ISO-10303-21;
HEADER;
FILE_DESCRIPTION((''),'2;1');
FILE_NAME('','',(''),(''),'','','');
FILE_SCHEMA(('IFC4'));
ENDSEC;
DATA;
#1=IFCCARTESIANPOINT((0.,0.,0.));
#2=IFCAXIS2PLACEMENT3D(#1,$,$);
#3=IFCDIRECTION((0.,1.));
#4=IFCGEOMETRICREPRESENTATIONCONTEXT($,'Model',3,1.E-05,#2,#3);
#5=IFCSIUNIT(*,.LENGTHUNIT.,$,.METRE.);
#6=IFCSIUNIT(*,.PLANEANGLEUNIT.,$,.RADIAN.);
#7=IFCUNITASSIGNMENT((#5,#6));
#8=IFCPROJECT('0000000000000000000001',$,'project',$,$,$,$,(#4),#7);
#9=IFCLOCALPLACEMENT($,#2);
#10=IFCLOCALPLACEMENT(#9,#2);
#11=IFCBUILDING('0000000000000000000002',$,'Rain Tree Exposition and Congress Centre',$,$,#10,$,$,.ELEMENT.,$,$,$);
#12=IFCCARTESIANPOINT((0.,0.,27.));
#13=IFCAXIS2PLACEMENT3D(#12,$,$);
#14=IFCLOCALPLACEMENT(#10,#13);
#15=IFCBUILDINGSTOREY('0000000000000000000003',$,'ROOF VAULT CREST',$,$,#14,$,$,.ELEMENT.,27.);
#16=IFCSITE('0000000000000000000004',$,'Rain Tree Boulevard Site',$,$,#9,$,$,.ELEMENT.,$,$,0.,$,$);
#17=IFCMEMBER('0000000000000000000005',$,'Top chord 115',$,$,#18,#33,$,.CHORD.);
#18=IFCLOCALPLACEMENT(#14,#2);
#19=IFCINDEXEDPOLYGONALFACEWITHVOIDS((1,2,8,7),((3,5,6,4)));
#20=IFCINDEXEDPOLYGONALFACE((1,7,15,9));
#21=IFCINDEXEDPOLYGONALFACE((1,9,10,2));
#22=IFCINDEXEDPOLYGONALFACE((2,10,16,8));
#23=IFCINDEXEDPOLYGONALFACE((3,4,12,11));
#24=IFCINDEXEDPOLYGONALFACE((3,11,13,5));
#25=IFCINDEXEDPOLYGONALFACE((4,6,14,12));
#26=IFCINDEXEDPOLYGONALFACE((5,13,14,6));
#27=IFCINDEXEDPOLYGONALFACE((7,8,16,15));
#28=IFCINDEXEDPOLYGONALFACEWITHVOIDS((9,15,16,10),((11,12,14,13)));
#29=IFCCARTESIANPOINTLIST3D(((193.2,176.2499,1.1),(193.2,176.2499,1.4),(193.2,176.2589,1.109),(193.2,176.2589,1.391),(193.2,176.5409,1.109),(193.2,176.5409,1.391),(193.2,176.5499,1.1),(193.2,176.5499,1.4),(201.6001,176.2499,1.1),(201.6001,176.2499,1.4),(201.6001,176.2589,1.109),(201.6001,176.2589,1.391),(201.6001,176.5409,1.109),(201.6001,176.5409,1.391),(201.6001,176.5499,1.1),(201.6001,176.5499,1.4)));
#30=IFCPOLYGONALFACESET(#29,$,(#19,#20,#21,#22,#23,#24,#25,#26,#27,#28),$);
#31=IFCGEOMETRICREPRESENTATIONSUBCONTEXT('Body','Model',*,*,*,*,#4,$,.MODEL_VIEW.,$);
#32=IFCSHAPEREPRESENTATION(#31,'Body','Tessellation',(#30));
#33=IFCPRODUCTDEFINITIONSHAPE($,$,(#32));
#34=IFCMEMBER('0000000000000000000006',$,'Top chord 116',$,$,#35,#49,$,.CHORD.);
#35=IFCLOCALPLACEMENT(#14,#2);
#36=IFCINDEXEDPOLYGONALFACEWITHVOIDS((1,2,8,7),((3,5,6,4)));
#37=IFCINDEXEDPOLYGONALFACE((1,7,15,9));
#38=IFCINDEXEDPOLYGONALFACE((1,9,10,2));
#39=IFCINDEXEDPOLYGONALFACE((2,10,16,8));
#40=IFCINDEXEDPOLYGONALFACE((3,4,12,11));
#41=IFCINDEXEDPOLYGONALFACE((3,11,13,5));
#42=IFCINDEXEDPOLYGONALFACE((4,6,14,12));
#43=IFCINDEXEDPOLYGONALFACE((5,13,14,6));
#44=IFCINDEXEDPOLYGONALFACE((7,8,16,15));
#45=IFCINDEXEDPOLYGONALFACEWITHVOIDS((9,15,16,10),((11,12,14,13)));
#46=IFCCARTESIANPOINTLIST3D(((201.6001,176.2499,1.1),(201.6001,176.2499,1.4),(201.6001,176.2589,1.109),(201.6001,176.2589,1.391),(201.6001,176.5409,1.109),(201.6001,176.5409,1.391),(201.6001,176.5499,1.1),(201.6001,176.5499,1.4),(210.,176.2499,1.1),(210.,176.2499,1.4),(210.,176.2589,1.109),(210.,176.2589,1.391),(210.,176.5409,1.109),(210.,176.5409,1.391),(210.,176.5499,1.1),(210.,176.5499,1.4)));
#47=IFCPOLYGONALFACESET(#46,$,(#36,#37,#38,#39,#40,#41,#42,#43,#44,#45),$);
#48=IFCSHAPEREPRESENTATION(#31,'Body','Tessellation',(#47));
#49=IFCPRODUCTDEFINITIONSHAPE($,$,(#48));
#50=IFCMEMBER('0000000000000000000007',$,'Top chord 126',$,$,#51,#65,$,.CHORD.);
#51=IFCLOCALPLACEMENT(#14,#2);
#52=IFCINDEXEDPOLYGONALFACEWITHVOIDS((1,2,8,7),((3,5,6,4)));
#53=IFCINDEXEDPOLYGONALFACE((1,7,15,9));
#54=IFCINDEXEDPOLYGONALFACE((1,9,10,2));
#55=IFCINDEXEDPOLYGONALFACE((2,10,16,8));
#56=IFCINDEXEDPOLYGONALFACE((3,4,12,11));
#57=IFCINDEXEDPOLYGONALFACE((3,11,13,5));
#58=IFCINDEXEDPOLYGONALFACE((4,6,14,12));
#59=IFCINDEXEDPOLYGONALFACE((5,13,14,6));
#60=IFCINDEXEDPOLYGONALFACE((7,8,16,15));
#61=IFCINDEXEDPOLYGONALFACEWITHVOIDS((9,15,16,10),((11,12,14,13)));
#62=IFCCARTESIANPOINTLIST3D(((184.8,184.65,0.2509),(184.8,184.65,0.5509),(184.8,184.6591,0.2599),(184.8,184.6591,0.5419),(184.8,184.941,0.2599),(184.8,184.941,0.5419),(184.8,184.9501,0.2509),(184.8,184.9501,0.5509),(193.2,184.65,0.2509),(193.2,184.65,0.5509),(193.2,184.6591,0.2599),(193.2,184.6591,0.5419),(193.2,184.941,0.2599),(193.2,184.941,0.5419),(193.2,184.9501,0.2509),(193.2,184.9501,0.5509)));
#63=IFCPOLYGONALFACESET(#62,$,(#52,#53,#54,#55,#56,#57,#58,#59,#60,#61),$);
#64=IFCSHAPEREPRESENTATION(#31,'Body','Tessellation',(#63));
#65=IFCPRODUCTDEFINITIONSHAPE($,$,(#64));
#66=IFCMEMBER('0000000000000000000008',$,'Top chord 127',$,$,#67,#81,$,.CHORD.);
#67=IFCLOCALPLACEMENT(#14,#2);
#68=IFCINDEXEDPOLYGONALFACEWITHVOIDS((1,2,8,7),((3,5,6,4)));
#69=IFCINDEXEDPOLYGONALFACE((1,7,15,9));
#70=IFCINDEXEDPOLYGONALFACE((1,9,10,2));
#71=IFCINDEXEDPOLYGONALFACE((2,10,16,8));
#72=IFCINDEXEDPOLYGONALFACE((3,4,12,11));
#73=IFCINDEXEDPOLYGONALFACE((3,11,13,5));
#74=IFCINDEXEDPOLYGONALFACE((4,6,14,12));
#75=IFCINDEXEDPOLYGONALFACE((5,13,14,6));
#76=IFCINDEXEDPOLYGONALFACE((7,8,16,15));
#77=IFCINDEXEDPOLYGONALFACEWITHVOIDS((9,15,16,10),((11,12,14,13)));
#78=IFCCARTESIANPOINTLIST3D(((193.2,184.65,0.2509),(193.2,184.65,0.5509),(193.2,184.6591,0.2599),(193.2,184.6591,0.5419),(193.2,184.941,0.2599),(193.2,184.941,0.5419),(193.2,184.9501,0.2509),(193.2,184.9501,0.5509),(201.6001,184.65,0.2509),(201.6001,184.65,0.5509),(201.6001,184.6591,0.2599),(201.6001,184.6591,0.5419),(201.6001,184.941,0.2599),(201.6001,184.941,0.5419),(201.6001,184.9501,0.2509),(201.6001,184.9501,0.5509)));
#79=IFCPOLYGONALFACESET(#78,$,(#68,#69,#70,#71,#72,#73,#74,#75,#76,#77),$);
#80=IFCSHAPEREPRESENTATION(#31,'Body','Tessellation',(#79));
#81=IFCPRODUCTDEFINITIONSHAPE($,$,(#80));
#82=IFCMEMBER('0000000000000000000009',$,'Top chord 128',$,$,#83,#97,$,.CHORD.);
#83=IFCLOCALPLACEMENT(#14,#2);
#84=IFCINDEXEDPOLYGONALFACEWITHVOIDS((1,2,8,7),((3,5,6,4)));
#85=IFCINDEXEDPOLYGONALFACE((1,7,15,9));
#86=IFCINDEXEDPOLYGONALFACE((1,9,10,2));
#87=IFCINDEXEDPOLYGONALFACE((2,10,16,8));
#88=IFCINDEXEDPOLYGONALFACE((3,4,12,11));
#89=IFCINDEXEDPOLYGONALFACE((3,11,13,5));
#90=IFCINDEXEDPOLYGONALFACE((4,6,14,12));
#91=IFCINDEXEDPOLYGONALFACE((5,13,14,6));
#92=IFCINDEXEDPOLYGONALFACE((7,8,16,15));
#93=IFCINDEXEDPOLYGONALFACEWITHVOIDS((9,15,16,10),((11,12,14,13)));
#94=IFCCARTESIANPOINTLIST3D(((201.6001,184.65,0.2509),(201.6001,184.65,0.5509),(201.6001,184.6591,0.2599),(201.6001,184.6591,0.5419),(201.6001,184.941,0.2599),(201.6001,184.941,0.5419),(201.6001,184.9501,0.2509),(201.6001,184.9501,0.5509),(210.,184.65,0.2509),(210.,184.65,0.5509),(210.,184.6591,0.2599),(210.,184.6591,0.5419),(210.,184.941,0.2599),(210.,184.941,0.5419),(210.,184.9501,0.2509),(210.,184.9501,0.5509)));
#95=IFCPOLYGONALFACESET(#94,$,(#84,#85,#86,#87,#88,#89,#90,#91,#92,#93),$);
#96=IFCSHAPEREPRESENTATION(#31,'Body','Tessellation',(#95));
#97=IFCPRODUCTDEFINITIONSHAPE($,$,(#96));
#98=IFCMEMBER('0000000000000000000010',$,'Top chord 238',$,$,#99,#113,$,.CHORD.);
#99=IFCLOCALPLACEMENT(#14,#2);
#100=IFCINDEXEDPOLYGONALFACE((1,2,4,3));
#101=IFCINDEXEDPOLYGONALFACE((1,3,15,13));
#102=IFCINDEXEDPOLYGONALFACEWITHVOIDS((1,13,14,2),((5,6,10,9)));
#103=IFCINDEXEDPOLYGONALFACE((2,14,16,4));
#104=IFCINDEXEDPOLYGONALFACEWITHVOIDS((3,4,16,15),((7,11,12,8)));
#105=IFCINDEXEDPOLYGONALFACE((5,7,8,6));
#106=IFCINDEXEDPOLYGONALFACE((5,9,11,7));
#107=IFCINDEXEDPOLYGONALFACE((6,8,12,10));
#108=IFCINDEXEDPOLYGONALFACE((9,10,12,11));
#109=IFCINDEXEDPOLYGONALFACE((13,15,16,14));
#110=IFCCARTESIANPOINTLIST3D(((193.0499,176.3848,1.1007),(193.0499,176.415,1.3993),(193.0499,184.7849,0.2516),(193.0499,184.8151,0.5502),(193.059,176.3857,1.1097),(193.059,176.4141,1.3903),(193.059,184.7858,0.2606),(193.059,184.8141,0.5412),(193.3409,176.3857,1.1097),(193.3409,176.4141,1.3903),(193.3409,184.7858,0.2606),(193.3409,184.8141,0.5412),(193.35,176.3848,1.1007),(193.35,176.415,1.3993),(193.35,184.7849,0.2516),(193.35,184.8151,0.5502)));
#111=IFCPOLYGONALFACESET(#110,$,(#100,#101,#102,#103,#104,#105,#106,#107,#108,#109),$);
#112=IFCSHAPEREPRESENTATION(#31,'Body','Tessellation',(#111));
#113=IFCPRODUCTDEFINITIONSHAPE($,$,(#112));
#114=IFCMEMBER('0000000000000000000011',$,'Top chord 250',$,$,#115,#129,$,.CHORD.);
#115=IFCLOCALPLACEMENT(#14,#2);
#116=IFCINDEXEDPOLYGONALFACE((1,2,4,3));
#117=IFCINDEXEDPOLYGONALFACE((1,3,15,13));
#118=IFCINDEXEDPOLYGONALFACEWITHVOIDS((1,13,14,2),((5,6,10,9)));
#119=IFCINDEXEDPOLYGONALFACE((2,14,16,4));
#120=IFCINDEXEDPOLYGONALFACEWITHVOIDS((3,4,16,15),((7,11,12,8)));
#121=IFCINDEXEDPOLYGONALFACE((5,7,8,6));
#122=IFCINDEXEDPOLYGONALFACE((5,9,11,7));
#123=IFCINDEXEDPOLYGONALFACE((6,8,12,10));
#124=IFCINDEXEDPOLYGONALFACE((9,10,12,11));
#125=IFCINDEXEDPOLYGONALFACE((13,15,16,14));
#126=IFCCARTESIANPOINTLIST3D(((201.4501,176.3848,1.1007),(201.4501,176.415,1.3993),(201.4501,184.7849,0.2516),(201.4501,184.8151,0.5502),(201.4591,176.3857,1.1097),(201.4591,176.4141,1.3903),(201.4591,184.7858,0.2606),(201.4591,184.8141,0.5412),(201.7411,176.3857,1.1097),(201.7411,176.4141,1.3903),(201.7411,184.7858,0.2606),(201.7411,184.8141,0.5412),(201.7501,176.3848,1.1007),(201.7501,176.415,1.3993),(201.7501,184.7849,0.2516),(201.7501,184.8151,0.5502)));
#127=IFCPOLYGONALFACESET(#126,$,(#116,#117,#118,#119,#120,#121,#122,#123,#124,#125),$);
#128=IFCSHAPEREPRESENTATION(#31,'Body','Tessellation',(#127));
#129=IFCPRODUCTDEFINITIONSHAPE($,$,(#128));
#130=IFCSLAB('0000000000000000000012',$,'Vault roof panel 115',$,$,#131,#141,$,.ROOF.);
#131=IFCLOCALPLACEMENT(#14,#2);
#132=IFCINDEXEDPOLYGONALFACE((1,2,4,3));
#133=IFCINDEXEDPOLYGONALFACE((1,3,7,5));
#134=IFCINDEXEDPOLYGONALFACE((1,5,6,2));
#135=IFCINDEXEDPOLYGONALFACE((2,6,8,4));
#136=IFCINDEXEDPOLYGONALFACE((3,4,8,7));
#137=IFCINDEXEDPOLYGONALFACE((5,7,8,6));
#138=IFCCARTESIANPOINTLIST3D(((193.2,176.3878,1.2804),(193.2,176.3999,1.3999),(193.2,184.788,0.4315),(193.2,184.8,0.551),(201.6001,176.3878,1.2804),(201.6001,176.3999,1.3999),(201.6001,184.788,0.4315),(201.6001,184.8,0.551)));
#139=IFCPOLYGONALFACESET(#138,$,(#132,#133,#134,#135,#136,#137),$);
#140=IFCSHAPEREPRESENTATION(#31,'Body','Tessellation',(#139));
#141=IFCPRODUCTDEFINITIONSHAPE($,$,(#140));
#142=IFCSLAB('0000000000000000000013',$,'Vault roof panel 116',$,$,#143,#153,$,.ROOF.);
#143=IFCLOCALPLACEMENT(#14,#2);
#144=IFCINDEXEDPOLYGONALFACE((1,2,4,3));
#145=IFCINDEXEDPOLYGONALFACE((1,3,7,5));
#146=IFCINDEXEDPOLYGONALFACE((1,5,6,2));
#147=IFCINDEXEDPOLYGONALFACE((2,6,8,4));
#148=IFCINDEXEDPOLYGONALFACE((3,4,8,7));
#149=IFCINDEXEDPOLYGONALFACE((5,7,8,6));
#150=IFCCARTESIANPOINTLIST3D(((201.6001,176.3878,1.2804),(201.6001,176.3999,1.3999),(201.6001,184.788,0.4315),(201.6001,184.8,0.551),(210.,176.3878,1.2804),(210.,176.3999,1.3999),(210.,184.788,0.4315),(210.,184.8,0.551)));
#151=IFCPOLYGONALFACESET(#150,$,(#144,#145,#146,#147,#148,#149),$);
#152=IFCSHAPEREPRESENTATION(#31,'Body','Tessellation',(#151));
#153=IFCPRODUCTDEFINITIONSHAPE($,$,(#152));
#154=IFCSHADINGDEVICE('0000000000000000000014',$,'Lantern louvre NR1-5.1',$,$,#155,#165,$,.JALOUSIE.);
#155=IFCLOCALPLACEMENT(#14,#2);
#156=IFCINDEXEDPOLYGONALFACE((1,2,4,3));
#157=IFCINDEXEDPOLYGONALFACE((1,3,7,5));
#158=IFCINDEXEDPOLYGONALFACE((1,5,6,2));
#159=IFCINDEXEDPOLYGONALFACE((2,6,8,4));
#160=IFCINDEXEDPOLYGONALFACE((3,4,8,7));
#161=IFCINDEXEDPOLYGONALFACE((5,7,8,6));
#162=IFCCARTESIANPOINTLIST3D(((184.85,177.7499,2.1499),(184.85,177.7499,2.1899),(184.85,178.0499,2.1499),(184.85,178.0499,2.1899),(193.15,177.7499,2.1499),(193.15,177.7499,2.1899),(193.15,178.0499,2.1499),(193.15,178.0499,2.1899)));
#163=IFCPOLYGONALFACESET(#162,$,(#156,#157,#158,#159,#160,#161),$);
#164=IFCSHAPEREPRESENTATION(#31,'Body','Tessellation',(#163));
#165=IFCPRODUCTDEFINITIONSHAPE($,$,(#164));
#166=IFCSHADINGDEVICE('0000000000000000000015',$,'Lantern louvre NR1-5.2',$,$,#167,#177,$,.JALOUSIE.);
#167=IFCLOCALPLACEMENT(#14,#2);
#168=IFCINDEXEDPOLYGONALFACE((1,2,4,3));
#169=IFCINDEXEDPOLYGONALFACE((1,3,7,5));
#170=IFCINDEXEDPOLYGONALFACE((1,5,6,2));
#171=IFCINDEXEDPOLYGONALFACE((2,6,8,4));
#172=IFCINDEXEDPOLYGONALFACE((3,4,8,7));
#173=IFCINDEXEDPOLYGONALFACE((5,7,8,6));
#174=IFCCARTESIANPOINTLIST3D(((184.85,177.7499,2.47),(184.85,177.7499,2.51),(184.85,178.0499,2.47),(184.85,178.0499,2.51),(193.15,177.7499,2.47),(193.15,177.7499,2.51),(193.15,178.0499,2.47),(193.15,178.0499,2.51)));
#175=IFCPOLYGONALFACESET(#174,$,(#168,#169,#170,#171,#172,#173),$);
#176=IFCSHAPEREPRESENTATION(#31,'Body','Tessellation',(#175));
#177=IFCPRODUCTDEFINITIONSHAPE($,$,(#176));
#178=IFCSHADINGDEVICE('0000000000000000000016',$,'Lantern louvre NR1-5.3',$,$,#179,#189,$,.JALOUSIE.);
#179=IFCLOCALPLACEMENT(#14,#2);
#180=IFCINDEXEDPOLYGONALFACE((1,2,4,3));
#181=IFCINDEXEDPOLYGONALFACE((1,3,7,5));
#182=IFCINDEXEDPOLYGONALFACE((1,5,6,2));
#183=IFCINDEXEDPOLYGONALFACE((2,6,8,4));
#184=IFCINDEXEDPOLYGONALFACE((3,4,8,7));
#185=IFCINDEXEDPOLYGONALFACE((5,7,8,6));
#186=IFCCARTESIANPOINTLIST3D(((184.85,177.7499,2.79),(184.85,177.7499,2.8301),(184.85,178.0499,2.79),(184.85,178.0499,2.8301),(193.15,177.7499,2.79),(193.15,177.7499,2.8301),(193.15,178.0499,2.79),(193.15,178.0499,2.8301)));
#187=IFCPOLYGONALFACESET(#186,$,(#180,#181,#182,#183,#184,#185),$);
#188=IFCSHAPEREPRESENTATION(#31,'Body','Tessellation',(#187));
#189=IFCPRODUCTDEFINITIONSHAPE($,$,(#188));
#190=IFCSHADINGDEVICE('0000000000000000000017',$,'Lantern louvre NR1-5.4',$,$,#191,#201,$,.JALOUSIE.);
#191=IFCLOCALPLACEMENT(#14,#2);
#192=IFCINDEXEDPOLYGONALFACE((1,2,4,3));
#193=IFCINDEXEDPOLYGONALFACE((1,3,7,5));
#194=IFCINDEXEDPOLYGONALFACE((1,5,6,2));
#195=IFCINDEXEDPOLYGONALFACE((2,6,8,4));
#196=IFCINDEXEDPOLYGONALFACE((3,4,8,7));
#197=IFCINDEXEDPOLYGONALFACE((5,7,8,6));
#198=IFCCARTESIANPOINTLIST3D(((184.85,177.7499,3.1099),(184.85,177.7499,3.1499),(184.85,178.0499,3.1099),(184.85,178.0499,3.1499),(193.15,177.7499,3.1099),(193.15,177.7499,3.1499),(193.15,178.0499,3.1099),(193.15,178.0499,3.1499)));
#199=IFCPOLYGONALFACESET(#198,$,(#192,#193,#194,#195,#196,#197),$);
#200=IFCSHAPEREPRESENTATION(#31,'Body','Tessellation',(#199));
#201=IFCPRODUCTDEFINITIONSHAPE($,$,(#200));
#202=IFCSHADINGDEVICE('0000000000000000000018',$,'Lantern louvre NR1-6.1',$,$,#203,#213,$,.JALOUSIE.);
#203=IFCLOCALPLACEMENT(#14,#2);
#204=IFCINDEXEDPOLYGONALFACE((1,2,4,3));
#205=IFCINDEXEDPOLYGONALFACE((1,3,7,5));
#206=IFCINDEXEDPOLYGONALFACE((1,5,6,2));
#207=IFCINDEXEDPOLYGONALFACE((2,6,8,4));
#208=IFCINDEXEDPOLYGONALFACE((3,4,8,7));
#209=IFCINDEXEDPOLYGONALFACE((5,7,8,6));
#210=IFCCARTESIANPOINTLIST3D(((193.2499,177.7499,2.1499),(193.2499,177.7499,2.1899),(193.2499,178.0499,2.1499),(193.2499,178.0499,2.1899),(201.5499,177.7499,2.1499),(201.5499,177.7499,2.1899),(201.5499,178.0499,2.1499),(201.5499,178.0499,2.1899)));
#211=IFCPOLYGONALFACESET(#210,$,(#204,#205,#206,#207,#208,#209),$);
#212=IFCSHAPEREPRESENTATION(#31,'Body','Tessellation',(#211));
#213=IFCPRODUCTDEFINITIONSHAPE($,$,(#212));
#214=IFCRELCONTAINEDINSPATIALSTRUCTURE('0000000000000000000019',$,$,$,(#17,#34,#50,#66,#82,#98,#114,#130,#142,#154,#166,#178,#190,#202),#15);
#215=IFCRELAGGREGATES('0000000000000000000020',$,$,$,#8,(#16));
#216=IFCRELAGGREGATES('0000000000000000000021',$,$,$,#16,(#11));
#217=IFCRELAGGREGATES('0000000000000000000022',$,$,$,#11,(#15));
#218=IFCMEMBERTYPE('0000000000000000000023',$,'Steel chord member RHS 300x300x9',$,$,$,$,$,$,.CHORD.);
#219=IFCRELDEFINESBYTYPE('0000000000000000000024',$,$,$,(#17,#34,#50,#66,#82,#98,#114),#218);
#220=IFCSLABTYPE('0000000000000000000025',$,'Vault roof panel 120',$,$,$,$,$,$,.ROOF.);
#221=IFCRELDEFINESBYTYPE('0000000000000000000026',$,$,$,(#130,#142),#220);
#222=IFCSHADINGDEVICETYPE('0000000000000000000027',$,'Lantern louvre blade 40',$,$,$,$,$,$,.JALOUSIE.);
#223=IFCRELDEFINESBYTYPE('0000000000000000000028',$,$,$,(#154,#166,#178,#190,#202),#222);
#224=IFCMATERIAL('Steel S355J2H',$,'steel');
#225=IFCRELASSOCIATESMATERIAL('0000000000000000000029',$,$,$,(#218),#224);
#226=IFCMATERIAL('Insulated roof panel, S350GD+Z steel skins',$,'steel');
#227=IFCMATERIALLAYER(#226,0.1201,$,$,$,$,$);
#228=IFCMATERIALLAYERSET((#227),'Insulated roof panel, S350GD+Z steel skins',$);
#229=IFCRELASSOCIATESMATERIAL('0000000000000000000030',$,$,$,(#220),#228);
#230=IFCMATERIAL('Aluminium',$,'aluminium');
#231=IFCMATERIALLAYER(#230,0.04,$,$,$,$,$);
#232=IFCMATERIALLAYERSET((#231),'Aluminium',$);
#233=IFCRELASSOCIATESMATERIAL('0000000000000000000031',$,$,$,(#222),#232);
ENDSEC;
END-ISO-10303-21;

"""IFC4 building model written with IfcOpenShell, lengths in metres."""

from ifc_helpers import new_model, si_unit, direction, frame, origin, origin_2d, place, context, subcontext, project, spatial, polyline, rectangle, hollow_rectangle, outline, extrude, material, layer, layer_set, material_profile, profile_set, type_object, element, save


model = new_model("IFC4")

# Units and contexts
model_context = context("Model", 3, precision=1e-05, world=origin(), true_north=direction((0.0, 1.0)))
body_context = subcontext(model_context, "Body", "Model", "MODEL_VIEW")
ifc_project = project(units=[si_unit("LENGTHUNIT", "METRE"), si_unit("PLANEANGLEUNIT", "RADIAN")], contexts=[model_context])

# Site, building, storey
site_placement = place(None, origin())
site = spatial("IfcSite", under=ifc_project, at=site_placement, Name="Rain Tree Boulevard Site", CompositionType="ELEMENT", RefElevation=0.0)
building_placement = place(site_placement, origin())
building = spatial("IfcBuilding", under=site, at=building_placement, Name="Rain Tree Exposition and Congress Centre", CompositionType="ELEMENT")
storey_placement = place(building_placement, frame((0.0, 0.0, 27.0)))
storey = spatial("IfcBuildingStorey", under=building, at=storey_placement, Name="ROOF VAULT CREST", CompositionType="ELEMENT", Elevation=27.0)

# Members
ifc_material_1 = material(Name="Steel S355J2H", Category="steel")
ifc_material_profile_1 = material_profile(ifc_material_1, hollow_rectangle(XDim=0.3, YDim=0.3, WallThickness=0.009, at=origin_2d()), Name="RHS 300x300x9")
ifc_profile_set_1 = profile_set([ifc_material_profile_1], Name="Steel S355J2H")
member_type = type_object("IfcMemberType", Name="Steel chord member RHS 300x300x9", PredefinedType="CHORD", material=ifc_profile_set_1)
member_1_placement = place(storey_placement, frame((193.2, 176.3999, 1.25), z_axis=(1.0, 0.0, 0.0), x_axis=(0.0, 1.0, 0.0)))
element("IfcMember", 1, at=member_1_placement, inside=storey, type_object=member_type, Name="Top chord 115", PredefinedType="CHORD", context=body_context, shape_type="SweptSolid", body=[
    extrude(hollow_rectangle(XDim=0.3, YDim=0.3, WallThickness=0.009, at=origin_2d()), origin(), (0.0, 0.0, 1.0), 8.4001),
])
for number, where, z_axis, x_axis, name in (
    (2, (201.6001, 176.3999, 1.25), (1.0, 0.0, 0.0), (0.0, 1.0, 0.0), "Top chord 116"),
    (3, (184.8, 184.8, 0.4009), (1.0, 0.0, 0.0), (0.0, 1.0, 0.0), "Top chord 126"),
):
    element("IfcMember", number, at=place(storey_placement, frame(where, z_axis=z_axis, x_axis=x_axis)), inside=storey, type_object=member_type, Name=name, PredefinedType="CHORD", context=body_context, shape_type="SweptSolid", body=[
        extrude(hollow_rectangle(XDim=0.3, YDim=0.3, WallThickness=0.009, at=origin_2d()), origin(), (0.0, 0.0, 1.0), 8.3999),
    ])
member_2_placement = place(storey_placement, frame((193.2, 184.8, 0.4009), z_axis=(1.0, 0.0, 0.0), x_axis=(0.0, 1.0, 0.0)))
element("IfcMember", 4, at=member_2_placement, inside=storey, type_object=member_type, Name="Top chord 127", PredefinedType="CHORD", context=body_context, shape_type="SweptSolid", body=[
    extrude(hollow_rectangle(XDim=0.3, YDim=0.3, WallThickness=0.009, at=origin_2d()), origin(), (0.0, 0.0, 1.0), 8.4001),
])
member_3_placement = place(storey_placement, frame((201.6001, 184.8, 0.4009), z_axis=(1.0, 0.0, 0.0), x_axis=(0.0, 1.0, 0.0)))
element("IfcMember", 5, at=member_3_placement, inside=storey, type_object=member_type, Name="Top chord 128", PredefinedType="CHORD", context=body_context, shape_type="SweptSolid", body=[
    extrude(hollow_rectangle(XDim=0.3, YDim=0.3, WallThickness=0.009, at=origin_2d()), origin(), (0.0, 0.0, 1.0), 8.3999),
])
for number, where, z_axis, x_axis, name in (
    (6, (193.2, 176.3999, 1.25), (0.0, 0.99493, -0.100572), (-1.0, 0.0, 0.0), "Top chord 238"),
    (7, (201.6001, 176.3999, 1.25), (0.0, 0.99493, -0.100572), (-1.0, 0.0, 0.0), "Top chord 250"),
):
    element("IfcMember", number, at=place(storey_placement, frame(where, z_axis=z_axis, x_axis=x_axis)), inside=storey, type_object=member_type, Name=name, PredefinedType="CHORD", context=body_context, shape_type="SweptSolid", body=[
        extrude(hollow_rectangle(XDim=0.3, YDim=0.3, WallThickness=0.009, at=origin_2d()), origin(), (0.0, 0.0, 1.0), 8.4429),
    ])

# Slabs
ifc_material_2 = material(Name="Insulated roof panel, S350GD+Z steel skins", Category="steel")
ifc_layer_1 = layer(ifc_material_2, 0.1201)
ifc_layer_set_1 = layer_set([ifc_layer_1], Name="Insulated roof panel, S350GD+Z steel skins")
slab_type = type_object("IfcSlabType", Name="Vault roof panel 120", PredefinedType="ROOF", material=ifc_layer_set_1)
slab_1_placement = place(storey_placement, frame((193.2, 176.3999, 1.3999), z_axis=(0.0, 0.100543, 0.994933), x_axis=(1.0, 0.0, 0.0)))
element("IfcSlab", 8, at=slab_1_placement, inside=storey, type_object=slab_type, Name="Vault roof panel 115", PredefinedType="ROOF", context=body_context, shape_type="SweptSolid", body=[
    extrude(outline(polyline([(0.0, 0.0), (8.4001, 0.0), (8.4001, 8.4429), (0.0, 8.4429), (0.0, 0.0)])), origin(), (0.0, 0.0, -1.0), 0.1201),
])
slab_2_placement = place(storey_placement, frame((201.6001, 176.3999, 1.3999), z_axis=(0.0, 0.100543, 0.994933), x_axis=(1.0, 0.0, 0.0)))
element("IfcSlab", 9, at=slab_2_placement, inside=storey, type_object=slab_type, Name="Vault roof panel 116", PredefinedType="ROOF", context=body_context, shape_type="SweptSolid", body=[
    extrude(outline(polyline([(0.0, 0.0), (8.3999, 0.0), (8.3999, 8.4429), (0.0, 8.4429), (0.0, 0.0)])), origin(), (0.0, 0.0, -1.0), 0.1201),
])

# Shading devices
ifc_material_3 = material(Name="Aluminium", Category="aluminium")
ifc_layer_2 = layer(ifc_material_3, 0.04)
ifc_layer_set_2 = layer_set([ifc_layer_2], Name="Aluminium")
shading_device_type = type_object("IfcShadingDeviceType", Name="Lantern louvre blade 40", PredefinedType="JALOUSIE", material=ifc_layer_set_2)
for number, where, z_axis, x_axis, name in (
    (10, (189.0, 177.8999, 2.1499), (0.0, 0.0, 1.0), (1.0, 0.0, 0.0), "Lantern louvre NR1-5.1"),
    (11, (189.0, 177.8999, 2.47), (0.0, 0.0, 1.0), (1.0, 0.0, 0.0), "Lantern louvre NR1-5.2"),
    (12, (189.0, 177.8999, 2.79), (0.0, 0.0, 1.0), (1.0, 0.0, 0.0), "Lantern louvre NR1-5.3"),
    (13, (189.0, 177.8999, 3.1099), (0.0, 0.0, 1.0), (1.0, 0.0, 0.0), "Lantern louvre NR1-5.4"),
    (14, (197.3999, 177.8999, 2.1499), (0.0, 0.0, 1.0), (1.0, 0.0, 0.0), "Lantern louvre NR1-6.1"),
):
    element("IfcShadingDevice", number, at=place(storey_placement, frame(where, z_axis=z_axis, x_axis=x_axis)), inside=storey, type_object=shading_device_type, Name=name, PredefinedType="JALOUSIE", context=body_context, shape_type="SweptSolid", body=[
        extrude(rectangle(XDim=8.3, YDim=0.3, at=origin_2d()), origin(), (0.0, 0.0, 1.0), 0.04),
    ])

save(model, "model.ifc")
